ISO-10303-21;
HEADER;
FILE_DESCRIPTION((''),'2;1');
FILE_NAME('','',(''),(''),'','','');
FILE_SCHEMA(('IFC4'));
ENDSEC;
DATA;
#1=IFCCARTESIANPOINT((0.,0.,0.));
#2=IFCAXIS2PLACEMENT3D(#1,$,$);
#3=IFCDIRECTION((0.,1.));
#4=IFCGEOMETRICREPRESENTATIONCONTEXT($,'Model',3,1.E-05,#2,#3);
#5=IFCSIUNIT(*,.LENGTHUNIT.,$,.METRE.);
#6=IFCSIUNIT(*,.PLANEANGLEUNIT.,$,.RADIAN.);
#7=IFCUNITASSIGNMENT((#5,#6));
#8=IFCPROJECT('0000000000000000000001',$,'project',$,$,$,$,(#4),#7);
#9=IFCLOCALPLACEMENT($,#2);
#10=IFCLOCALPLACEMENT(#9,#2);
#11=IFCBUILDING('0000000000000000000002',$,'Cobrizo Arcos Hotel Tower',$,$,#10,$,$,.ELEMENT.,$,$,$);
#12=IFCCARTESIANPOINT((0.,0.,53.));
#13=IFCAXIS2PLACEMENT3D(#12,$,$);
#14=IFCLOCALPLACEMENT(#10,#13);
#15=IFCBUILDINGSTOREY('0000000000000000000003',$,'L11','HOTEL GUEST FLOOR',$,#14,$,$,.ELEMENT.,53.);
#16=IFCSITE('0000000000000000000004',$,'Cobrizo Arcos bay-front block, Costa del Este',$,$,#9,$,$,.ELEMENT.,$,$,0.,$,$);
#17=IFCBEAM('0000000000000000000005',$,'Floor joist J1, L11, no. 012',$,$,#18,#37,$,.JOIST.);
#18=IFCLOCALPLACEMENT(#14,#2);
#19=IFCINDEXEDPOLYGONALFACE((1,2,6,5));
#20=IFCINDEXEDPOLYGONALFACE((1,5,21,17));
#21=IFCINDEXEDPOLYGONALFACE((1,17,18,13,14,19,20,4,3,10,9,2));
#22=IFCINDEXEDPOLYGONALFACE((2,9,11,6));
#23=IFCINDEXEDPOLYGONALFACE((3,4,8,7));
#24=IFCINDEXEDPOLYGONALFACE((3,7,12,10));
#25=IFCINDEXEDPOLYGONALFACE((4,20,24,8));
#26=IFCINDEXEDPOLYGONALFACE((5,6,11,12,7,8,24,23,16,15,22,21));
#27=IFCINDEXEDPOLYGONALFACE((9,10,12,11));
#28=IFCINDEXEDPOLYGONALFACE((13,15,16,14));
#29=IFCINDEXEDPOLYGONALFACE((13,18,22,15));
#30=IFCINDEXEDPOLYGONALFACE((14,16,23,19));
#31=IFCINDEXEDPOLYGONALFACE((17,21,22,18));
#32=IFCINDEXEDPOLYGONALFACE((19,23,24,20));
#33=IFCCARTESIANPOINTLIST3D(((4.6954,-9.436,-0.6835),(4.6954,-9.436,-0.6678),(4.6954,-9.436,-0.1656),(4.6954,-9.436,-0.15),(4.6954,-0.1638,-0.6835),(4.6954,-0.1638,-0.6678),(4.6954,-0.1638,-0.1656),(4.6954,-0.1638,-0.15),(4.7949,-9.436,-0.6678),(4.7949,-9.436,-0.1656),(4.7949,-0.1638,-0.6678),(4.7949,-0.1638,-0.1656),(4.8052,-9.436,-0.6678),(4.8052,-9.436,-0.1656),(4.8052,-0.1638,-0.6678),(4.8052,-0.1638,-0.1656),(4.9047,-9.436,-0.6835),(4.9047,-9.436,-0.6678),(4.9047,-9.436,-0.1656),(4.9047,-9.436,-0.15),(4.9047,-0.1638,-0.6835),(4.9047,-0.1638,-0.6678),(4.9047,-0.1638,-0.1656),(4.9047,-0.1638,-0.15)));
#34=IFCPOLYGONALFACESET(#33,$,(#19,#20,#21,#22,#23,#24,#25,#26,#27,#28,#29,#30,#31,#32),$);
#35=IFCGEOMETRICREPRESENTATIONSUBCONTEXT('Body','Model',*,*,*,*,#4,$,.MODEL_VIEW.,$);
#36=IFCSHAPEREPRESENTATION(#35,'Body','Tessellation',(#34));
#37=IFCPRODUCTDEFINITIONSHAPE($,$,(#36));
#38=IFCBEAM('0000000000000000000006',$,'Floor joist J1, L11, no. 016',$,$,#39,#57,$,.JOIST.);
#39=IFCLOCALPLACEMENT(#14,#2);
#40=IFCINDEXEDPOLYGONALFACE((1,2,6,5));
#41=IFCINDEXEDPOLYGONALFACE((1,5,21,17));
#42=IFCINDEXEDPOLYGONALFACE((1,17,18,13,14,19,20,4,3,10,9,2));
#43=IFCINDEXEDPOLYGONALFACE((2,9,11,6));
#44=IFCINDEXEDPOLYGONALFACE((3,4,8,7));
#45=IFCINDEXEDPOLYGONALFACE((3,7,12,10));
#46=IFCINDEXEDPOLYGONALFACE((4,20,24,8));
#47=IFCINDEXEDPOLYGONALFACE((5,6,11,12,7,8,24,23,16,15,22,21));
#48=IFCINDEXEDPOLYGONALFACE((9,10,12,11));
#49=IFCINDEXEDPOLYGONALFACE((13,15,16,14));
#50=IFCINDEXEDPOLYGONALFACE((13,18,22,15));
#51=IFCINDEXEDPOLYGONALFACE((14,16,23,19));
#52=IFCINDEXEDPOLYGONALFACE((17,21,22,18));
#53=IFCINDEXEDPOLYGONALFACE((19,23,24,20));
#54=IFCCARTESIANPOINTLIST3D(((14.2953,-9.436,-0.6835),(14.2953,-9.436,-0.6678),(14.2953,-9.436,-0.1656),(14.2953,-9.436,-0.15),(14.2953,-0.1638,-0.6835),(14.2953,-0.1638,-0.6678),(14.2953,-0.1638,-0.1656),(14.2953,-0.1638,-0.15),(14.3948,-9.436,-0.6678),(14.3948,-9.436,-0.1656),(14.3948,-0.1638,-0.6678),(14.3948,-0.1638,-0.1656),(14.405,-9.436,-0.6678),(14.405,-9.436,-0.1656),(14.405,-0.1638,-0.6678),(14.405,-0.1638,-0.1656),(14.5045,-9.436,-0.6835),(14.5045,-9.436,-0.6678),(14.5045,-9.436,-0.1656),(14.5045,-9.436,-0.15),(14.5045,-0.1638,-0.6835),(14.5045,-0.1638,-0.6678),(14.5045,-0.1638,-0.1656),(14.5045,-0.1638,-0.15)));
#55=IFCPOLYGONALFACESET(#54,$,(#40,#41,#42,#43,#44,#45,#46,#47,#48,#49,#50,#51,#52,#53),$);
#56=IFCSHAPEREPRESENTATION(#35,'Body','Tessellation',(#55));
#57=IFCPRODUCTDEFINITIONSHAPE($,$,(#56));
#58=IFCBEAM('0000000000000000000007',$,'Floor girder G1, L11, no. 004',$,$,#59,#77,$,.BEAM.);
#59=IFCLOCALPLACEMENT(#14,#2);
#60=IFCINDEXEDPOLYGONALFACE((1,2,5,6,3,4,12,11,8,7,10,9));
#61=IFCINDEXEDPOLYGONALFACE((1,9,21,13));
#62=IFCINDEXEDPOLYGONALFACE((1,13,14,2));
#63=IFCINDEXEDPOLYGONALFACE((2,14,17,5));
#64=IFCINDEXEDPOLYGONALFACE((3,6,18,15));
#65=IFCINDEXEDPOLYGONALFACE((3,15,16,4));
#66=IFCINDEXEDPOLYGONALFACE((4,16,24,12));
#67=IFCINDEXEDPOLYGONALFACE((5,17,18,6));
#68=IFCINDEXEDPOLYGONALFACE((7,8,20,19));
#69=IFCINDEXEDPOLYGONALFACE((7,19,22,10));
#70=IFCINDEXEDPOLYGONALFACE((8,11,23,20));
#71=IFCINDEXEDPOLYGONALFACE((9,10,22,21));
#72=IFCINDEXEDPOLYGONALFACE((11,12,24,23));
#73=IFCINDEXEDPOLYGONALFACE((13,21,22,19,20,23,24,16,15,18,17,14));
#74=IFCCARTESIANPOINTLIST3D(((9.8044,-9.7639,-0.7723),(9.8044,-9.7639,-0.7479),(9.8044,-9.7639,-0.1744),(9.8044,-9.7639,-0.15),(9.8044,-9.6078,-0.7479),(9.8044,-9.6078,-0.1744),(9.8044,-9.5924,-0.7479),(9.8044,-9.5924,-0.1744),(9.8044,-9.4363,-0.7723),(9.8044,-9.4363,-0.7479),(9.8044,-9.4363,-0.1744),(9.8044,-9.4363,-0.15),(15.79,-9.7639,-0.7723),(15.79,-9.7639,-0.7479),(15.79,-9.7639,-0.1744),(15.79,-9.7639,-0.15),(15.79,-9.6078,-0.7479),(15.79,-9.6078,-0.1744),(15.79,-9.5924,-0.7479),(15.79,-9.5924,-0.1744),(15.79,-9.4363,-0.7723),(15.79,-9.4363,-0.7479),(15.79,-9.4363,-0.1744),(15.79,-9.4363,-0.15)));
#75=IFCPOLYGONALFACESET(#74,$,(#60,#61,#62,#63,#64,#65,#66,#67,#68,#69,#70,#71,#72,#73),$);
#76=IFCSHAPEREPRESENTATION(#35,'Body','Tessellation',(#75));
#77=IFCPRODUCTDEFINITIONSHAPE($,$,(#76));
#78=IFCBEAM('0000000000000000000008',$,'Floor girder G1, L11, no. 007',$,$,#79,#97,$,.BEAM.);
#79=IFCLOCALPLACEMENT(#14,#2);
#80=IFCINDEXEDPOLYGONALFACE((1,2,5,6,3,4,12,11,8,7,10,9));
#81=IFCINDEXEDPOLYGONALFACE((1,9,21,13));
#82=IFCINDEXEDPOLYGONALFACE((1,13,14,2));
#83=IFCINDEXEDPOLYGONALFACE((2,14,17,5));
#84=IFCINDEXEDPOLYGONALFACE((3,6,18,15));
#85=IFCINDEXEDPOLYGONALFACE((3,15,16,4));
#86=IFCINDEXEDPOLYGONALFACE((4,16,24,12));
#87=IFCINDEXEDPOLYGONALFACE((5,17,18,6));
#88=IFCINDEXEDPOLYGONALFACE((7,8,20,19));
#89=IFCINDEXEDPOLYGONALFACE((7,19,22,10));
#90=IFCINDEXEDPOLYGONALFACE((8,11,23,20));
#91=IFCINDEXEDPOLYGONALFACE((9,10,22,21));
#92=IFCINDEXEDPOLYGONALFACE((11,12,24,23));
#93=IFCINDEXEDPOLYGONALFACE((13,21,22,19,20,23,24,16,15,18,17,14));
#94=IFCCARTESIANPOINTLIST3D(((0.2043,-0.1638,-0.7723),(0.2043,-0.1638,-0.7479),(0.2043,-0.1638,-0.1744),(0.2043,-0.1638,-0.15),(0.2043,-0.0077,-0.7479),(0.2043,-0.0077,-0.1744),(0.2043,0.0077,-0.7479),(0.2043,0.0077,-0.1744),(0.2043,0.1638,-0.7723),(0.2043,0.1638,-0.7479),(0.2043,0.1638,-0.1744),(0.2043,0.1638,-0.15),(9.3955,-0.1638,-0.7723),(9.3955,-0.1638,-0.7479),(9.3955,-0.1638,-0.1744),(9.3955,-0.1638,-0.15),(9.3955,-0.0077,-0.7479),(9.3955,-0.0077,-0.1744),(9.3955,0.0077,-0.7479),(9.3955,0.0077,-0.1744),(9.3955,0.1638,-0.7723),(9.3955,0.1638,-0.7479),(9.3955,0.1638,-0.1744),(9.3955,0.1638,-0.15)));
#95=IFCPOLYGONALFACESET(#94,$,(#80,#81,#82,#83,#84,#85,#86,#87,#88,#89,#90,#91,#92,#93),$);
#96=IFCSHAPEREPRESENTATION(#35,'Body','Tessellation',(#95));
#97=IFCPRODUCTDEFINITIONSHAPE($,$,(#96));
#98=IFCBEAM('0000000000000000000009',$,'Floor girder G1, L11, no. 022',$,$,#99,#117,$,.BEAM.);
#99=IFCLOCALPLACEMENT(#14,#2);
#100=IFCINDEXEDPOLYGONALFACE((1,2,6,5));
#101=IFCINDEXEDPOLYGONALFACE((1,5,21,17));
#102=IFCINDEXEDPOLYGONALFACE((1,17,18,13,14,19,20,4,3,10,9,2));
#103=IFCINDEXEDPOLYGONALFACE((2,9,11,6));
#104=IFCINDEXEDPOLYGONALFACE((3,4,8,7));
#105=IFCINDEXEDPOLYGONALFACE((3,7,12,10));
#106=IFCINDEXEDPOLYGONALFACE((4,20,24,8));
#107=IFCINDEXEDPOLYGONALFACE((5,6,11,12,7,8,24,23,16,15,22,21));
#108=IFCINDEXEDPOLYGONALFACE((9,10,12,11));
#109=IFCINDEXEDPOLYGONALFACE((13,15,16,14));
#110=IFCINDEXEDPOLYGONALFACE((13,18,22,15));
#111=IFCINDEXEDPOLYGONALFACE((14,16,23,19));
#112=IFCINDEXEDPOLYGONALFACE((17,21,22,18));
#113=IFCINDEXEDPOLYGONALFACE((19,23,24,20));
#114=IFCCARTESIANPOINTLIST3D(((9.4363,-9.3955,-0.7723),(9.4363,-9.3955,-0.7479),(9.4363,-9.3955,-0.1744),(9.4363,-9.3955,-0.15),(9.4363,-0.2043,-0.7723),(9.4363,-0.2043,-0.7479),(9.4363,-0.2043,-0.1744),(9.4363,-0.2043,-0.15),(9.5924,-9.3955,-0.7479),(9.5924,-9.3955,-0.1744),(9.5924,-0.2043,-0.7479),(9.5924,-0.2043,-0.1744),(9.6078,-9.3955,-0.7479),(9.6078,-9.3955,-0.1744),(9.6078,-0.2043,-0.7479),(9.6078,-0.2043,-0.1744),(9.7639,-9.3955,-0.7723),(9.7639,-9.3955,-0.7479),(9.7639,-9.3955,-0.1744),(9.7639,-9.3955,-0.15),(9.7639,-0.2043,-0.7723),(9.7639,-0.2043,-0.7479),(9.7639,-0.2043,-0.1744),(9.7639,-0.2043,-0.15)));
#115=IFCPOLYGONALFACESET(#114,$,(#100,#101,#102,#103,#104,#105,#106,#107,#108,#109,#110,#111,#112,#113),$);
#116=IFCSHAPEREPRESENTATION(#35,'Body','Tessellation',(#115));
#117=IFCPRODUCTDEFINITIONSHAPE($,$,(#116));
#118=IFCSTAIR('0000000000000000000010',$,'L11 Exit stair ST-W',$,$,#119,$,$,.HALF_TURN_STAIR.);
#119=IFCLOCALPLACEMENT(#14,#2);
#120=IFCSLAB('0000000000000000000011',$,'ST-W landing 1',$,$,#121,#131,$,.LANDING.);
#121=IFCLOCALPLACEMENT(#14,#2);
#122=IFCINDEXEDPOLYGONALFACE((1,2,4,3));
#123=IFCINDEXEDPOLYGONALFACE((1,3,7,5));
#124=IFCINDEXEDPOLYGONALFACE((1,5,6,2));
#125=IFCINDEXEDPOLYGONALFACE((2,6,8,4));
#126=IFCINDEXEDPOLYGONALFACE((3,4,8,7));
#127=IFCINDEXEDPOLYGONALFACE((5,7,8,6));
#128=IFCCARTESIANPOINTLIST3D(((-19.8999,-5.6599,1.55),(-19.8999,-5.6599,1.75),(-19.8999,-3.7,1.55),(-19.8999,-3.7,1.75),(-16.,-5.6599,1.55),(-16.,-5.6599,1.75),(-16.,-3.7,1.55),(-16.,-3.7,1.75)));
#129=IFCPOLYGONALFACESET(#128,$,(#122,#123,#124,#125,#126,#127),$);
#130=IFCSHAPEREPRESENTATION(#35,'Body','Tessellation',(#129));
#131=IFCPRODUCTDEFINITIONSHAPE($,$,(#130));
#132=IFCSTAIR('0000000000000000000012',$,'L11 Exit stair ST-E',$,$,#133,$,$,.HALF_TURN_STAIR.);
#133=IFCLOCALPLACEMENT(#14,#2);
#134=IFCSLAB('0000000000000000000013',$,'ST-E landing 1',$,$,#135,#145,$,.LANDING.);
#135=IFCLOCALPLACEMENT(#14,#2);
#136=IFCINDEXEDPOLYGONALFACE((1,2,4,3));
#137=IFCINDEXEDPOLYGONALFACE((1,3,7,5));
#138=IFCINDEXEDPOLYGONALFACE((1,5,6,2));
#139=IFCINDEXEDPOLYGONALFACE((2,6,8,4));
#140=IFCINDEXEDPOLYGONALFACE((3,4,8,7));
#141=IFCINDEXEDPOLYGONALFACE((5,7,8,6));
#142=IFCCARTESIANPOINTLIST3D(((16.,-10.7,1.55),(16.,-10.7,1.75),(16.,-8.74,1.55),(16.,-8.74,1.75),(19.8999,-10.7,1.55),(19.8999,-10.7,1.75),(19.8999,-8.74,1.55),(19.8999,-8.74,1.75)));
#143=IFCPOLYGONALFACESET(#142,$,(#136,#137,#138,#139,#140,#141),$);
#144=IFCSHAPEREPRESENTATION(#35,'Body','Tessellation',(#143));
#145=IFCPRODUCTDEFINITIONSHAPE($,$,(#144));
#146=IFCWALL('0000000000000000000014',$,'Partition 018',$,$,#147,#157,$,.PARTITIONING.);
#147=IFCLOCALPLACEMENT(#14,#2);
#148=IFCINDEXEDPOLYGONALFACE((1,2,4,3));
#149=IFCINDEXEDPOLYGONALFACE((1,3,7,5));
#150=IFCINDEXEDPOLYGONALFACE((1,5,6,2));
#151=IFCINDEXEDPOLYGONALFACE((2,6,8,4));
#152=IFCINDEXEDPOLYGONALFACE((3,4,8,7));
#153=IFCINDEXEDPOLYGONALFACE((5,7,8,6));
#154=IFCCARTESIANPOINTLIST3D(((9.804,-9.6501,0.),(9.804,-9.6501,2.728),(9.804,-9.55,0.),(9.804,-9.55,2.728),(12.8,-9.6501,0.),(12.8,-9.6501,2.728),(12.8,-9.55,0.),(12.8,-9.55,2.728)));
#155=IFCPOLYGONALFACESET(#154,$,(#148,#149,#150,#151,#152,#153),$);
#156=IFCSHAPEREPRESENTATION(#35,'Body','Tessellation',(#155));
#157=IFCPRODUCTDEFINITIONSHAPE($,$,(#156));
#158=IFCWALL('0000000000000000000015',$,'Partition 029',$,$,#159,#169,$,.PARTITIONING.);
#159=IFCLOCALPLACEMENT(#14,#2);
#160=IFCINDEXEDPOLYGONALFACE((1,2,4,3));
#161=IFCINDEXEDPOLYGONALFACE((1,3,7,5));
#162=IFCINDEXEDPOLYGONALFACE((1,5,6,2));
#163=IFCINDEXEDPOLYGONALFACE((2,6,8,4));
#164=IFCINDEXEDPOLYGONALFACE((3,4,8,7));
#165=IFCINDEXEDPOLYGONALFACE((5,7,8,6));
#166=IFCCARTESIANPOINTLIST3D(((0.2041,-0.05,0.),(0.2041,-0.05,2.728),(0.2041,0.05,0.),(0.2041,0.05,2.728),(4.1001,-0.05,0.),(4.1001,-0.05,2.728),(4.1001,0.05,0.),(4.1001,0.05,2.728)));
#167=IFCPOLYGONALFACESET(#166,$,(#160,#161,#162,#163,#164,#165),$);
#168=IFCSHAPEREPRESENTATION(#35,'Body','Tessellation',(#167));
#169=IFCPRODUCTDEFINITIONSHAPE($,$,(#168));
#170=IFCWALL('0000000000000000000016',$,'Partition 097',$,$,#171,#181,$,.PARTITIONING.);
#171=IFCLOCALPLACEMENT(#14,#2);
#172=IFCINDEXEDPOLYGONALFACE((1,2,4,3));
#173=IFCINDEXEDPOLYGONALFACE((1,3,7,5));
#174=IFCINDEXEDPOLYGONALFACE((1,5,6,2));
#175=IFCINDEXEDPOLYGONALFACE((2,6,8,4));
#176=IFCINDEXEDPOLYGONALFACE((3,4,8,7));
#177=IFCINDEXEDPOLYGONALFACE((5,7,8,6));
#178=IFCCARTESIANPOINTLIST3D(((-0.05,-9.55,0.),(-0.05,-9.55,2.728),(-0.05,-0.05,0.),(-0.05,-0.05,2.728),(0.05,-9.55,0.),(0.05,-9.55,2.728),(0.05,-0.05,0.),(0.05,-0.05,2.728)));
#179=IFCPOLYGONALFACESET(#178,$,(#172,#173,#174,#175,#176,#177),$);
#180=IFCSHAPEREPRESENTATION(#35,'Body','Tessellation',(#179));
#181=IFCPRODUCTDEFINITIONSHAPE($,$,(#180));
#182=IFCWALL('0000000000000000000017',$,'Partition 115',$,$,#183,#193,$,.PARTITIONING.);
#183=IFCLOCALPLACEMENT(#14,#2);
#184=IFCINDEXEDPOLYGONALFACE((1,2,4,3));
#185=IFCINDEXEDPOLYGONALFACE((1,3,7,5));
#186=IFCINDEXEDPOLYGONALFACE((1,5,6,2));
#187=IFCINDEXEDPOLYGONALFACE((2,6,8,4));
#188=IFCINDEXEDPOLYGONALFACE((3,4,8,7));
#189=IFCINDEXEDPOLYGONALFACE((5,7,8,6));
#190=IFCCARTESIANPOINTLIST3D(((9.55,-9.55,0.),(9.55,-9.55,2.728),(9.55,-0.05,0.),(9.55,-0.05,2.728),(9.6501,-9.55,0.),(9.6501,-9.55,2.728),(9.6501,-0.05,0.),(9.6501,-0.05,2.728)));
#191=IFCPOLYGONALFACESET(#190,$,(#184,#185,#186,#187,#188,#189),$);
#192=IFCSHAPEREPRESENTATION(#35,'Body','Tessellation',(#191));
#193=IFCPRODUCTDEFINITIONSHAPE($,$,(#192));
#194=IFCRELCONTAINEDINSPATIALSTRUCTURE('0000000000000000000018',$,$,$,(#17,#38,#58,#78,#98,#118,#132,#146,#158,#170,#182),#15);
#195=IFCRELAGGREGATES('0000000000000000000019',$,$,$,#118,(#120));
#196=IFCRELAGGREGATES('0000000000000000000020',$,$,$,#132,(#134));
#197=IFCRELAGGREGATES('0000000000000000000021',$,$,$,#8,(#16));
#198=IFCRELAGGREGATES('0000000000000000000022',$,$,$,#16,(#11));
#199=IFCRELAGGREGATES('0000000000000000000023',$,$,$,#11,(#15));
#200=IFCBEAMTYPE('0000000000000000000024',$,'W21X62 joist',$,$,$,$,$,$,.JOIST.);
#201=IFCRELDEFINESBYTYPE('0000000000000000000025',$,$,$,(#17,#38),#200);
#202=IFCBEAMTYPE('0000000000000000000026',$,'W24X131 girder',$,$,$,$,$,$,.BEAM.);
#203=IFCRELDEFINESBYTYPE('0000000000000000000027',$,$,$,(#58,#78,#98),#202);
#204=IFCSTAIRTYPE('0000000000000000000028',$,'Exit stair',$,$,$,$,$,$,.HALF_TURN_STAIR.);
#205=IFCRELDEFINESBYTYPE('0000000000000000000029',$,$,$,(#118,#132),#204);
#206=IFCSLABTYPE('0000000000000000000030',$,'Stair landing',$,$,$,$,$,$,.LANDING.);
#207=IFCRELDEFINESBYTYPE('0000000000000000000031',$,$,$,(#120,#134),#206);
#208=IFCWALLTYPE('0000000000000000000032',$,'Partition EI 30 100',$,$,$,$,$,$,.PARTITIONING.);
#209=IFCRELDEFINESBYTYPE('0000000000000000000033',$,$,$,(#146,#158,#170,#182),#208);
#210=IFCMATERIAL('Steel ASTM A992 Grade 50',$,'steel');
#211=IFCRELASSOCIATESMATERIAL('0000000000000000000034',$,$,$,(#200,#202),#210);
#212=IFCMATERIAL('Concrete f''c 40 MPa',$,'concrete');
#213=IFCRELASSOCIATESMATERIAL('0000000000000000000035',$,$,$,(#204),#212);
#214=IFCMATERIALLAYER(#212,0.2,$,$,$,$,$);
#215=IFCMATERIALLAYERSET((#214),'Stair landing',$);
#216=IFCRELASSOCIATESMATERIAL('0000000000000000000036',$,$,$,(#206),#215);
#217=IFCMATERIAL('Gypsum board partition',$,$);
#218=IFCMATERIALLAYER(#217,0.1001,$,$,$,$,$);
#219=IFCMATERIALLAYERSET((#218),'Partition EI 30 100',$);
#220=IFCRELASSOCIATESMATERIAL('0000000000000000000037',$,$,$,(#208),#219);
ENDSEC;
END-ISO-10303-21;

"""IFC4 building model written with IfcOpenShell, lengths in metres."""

from ifc_helpers import new_model, si_unit, direction, frame, frame_2d, origin, origin_2d, place, context, subcontext, project, spatial, polyline, rectangle, i_section, outline, extrude, material, layer, layer_set, material_profile, profile_set, type_object, element, aggregate, save


model = new_model("IFC4")

# Units and contexts
model_context = context("Model", 3, precision=1e-05, world=origin(), true_north=direction((0.0, 1.0)))
body_context = subcontext(model_context, "Body", "Model", "MODEL_VIEW")
ifc_project = project(units=[si_unit("LENGTHUNIT", "METRE"), si_unit("PLANEANGLEUNIT", "RADIAN")], contexts=[model_context])

# Site, building, storey
site_placement = place(None, origin())
site = spatial("IfcSite", under=ifc_project, at=site_placement, Name="Cobrizo Arcos bay-front block, Costa del Este", CompositionType="ELEMENT", RefElevation=0.0)
building_placement = place(site_placement, origin())
building = spatial("IfcBuilding", under=site, at=building_placement, Name="Cobrizo Arcos Hotel Tower", CompositionType="ELEMENT")
storey_placement = place(building_placement, frame((0.0, 0.0, 53.0)))
storey = spatial("IfcBuildingStorey", under=building, at=storey_placement, Name="L11", Description="HOTEL GUEST FLOOR", CompositionType="ELEMENT", Elevation=53.0)

# Beams
ifc_material_1 = material(Name="Steel ASTM A992 Grade 50", Category="steel")
ifc_material_profile_1 = material_profile(ifc_material_1, i_section(OverallWidth=0.2092, OverallDepth=0.5334, WebThickness=0.0103, FlangeThickness=0.0156, at=origin_2d()), Name="W21X62")
ifc_profile_set_1 = profile_set([ifc_material_profile_1], Name="Steel ASTM A992 Grade 50")
beam_type_1 = type_object("IfcBeamType", Name="W21X62 joist", PredefinedType="JOIST", material=ifc_profile_set_1)
for number, where, z_axis, x_axis, name in (
    (1, (4.8, -9.436, -0.4167), (0.0, 1.0, 0.0), (-1.0, 0.0, 0.0), "Floor joist J1, L11, no. 012"),
    (2, (14.3999, -9.436, -0.4167), (0.0, 1.0, 0.0), (-1.0, 0.0, 0.0), "Floor joist J1, L11, no. 016"),
):
    element("IfcBeam", number, at=place(storey_placement, frame(where, z_axis=z_axis, x_axis=x_axis)), inside=storey, type_object=beam_type_1, Name=name, PredefinedType="JOIST", context=body_context, shape_type="SweptSolid", body=[
        extrude(i_section(OverallWidth=0.2092, OverallDepth=0.5334, WebThickness=0.0103, FlangeThickness=0.0156, at=origin_2d()), origin(), (0.0, 0.0, 1.0), 9.2722),
    ])
ifc_material_profile_2 = material_profile(ifc_material_1, i_section(OverallWidth=0.3276, OverallDepth=0.6223, WebThickness=0.0154, FlangeThickness=0.0244, at=origin_2d()), Name="W24X131")
ifc_profile_set_2 = profile_set([ifc_material_profile_2], Name="Steel ASTM A992 Grade 50")
beam_type_2 = type_object("IfcBeamType", Name="W24X131 girder", PredefinedType="BEAM", material=ifc_profile_set_2)
beam_placement = place(storey_placement, frame((9.8044, -9.6001, -0.4612), z_axis=(1.0, 0.0, 0.0), x_axis=(0.0, 1.0, 0.0)))
element("IfcBeam", 3, at=beam_placement, inside=storey, type_object=beam_type_2, Name="Floor girder G1, L11, no. 004", PredefinedType="BEAM", context=body_context, shape_type="SweptSolid", body=[
    extrude(i_section(OverallWidth=0.3276, OverallDepth=0.6223, WebThickness=0.0154, FlangeThickness=0.0244, at=origin_2d()), origin(), (0.0, 0.0, 1.0), 5.9856),
])
for number, where, z_axis, x_axis, name in (
    (4, (0.2043, 0.0, -0.4612), (1.0, 0.0, 0.0), (0.0, 1.0, 0.0), "Floor girder G1, L11, no. 007"),
    (5, (9.6001, -9.3955, -0.4612), (0.0, 1.0, 0.0), (-1.0, 0.0, 0.0), "Floor girder G1, L11, no. 022"),
):
    element("IfcBeam", number, at=place(storey_placement, frame(where, z_axis=z_axis, x_axis=x_axis)), inside=storey, type_object=beam_type_2, Name=name, PredefinedType="BEAM", context=body_context, shape_type="SweptSolid", body=[
        extrude(i_section(OverallWidth=0.3276, OverallDepth=0.6223, WebThickness=0.0154, FlangeThickness=0.0244, at=origin_2d()), origin(), (0.0, 0.0, 1.0), 9.1912),
    ])

# Stairs, slabs
ifc_material_2 = material(Name="Concrete f'c 40 MPa", Category="concrete")
stair_type = type_object("IfcStairType", Name="Exit stair", PredefinedType="HALF_TURN_STAIR", material=ifc_material_2)
stair_1_placement = place(storey_placement, origin())
stair_1 = element("IfcStair", 6, at=stair_1_placement, inside=storey, type_object=stair_type, Name="L11 Exit stair ST-W", PredefinedType="HALF_TURN_STAIR")
ifc_layer_1 = layer(ifc_material_2, 0.2)
ifc_layer_set_1 = layer_set([ifc_layer_1], Name="Stair landing")
slab_type = type_object("IfcSlabType", Name="Stair landing", PredefinedType="LANDING", material=ifc_layer_set_1)
slab_1_placement = place(storey_placement, frame((0.0, 0.0, 1.55)))
slab_1 = element("IfcSlab", 7, at=slab_1_placement, type_object=slab_type, Name="ST-W landing 1", PredefinedType="LANDING", context=body_context, shape_type="SweptSolid", body=[
    extrude(outline(polyline([(-16.0, -5.6599), (-16.0, -3.7), (-19.8999, -3.7), (-19.8999, -5.6599), (-16.0, -5.6599)])), origin(), (0.0, 0.0, 1.0), 0.2),
])
aggregate(stair_1, [slab_1])
stair_2_placement = place(storey_placement, origin())
stair_2 = element("IfcStair", 8, at=stair_2_placement, inside=storey, type_object=stair_type, Name="L11 Exit stair ST-E", PredefinedType="HALF_TURN_STAIR")
slab_2_placement = place(storey_placement, frame((0.0, 0.0, 1.55)))
slab_2 = element("IfcSlab", 9, at=slab_2_placement, type_object=slab_type, Name="ST-E landing 1", PredefinedType="LANDING", context=body_context, shape_type="SweptSolid", body=[
    extrude(outline(polyline([(16.0, -8.74), (16.0, -10.7), (19.8999, -10.7), (19.8999, -8.74), (16.0, -8.74)])), origin(), (0.0, 0.0, 1.0), 0.2),
])
aggregate(stair_2, [slab_2])

# Walls
ifc_material_3 = material(Name="Gypsum board partition")
ifc_layer_2 = layer(ifc_material_3, 0.1001)
ifc_layer_set_2 = layer_set([ifc_layer_2], Name="Partition EI 30 100")
wall_type_1 = type_object("IfcWallType", Name="Partition EI 30 100", PredefinedType="PARTITIONING", material=ifc_layer_set_2)
wall_1_placement = place(storey_placement, frame((9.804, -9.6001, 0.0), z_axis=(0.0, 0.0, 1.0), x_axis=(1.0, 0.0, 0.0)))
element("IfcWall", 10, at=wall_1_placement, inside=storey, type_object=wall_type_1, Name="Partition 018", PredefinedType="PARTITIONING", context=body_context, shape_type="SweptSolid", body=[
    extrude(rectangle(XDim=2.9961, YDim=0.1001, at=frame_2d((1.498, 0.0))), origin(), (0.0, 0.0, 1.0), 2.728),
])
wall_2_placement = place(storey_placement, frame((0.2041, 0.0, 0.0), z_axis=(0.0, 0.0, 1.0), x_axis=(1.0, 0.0, 0.0)))
element("IfcWall", 11, at=wall_2_placement, inside=storey, type_object=wall_type_1, Name="Partition 029", PredefinedType="PARTITIONING", context=body_context, shape_type="SweptSolid", body=[
    extrude(rectangle(XDim=3.896, YDim=0.1001, at=frame_2d((1.948, 0.0))), origin(), (0.0, 0.0, 1.0), 2.728),
])
for number, where, z_axis, x_axis, name in (
    (12, (0.0, -9.55, 0.0), (0.0, 0.0, 1.0), (0.0, 1.0, 0.0), "Partition 097"),
    (13, (9.6001, -9.55, 0.0), (0.0, 0.0, 1.0), (0.0, 1.0, 0.0), "Partition 115"),
):
    element("IfcWall", number, at=place(storey_placement, frame(where, z_axis=z_axis, x_axis=x_axis)), inside=storey, type_object=wall_type_1, Name=name, PredefinedType="PARTITIONING", context=body_context, shape_type="SweptSolid", body=[
        extrude(rectangle(XDim=9.5, YDim=0.1001, at=frame_2d((4.75, 0.0))), origin(), (0.0, 0.0, 1.0), 2.728),
    ])

save(model, "model.ifc")
